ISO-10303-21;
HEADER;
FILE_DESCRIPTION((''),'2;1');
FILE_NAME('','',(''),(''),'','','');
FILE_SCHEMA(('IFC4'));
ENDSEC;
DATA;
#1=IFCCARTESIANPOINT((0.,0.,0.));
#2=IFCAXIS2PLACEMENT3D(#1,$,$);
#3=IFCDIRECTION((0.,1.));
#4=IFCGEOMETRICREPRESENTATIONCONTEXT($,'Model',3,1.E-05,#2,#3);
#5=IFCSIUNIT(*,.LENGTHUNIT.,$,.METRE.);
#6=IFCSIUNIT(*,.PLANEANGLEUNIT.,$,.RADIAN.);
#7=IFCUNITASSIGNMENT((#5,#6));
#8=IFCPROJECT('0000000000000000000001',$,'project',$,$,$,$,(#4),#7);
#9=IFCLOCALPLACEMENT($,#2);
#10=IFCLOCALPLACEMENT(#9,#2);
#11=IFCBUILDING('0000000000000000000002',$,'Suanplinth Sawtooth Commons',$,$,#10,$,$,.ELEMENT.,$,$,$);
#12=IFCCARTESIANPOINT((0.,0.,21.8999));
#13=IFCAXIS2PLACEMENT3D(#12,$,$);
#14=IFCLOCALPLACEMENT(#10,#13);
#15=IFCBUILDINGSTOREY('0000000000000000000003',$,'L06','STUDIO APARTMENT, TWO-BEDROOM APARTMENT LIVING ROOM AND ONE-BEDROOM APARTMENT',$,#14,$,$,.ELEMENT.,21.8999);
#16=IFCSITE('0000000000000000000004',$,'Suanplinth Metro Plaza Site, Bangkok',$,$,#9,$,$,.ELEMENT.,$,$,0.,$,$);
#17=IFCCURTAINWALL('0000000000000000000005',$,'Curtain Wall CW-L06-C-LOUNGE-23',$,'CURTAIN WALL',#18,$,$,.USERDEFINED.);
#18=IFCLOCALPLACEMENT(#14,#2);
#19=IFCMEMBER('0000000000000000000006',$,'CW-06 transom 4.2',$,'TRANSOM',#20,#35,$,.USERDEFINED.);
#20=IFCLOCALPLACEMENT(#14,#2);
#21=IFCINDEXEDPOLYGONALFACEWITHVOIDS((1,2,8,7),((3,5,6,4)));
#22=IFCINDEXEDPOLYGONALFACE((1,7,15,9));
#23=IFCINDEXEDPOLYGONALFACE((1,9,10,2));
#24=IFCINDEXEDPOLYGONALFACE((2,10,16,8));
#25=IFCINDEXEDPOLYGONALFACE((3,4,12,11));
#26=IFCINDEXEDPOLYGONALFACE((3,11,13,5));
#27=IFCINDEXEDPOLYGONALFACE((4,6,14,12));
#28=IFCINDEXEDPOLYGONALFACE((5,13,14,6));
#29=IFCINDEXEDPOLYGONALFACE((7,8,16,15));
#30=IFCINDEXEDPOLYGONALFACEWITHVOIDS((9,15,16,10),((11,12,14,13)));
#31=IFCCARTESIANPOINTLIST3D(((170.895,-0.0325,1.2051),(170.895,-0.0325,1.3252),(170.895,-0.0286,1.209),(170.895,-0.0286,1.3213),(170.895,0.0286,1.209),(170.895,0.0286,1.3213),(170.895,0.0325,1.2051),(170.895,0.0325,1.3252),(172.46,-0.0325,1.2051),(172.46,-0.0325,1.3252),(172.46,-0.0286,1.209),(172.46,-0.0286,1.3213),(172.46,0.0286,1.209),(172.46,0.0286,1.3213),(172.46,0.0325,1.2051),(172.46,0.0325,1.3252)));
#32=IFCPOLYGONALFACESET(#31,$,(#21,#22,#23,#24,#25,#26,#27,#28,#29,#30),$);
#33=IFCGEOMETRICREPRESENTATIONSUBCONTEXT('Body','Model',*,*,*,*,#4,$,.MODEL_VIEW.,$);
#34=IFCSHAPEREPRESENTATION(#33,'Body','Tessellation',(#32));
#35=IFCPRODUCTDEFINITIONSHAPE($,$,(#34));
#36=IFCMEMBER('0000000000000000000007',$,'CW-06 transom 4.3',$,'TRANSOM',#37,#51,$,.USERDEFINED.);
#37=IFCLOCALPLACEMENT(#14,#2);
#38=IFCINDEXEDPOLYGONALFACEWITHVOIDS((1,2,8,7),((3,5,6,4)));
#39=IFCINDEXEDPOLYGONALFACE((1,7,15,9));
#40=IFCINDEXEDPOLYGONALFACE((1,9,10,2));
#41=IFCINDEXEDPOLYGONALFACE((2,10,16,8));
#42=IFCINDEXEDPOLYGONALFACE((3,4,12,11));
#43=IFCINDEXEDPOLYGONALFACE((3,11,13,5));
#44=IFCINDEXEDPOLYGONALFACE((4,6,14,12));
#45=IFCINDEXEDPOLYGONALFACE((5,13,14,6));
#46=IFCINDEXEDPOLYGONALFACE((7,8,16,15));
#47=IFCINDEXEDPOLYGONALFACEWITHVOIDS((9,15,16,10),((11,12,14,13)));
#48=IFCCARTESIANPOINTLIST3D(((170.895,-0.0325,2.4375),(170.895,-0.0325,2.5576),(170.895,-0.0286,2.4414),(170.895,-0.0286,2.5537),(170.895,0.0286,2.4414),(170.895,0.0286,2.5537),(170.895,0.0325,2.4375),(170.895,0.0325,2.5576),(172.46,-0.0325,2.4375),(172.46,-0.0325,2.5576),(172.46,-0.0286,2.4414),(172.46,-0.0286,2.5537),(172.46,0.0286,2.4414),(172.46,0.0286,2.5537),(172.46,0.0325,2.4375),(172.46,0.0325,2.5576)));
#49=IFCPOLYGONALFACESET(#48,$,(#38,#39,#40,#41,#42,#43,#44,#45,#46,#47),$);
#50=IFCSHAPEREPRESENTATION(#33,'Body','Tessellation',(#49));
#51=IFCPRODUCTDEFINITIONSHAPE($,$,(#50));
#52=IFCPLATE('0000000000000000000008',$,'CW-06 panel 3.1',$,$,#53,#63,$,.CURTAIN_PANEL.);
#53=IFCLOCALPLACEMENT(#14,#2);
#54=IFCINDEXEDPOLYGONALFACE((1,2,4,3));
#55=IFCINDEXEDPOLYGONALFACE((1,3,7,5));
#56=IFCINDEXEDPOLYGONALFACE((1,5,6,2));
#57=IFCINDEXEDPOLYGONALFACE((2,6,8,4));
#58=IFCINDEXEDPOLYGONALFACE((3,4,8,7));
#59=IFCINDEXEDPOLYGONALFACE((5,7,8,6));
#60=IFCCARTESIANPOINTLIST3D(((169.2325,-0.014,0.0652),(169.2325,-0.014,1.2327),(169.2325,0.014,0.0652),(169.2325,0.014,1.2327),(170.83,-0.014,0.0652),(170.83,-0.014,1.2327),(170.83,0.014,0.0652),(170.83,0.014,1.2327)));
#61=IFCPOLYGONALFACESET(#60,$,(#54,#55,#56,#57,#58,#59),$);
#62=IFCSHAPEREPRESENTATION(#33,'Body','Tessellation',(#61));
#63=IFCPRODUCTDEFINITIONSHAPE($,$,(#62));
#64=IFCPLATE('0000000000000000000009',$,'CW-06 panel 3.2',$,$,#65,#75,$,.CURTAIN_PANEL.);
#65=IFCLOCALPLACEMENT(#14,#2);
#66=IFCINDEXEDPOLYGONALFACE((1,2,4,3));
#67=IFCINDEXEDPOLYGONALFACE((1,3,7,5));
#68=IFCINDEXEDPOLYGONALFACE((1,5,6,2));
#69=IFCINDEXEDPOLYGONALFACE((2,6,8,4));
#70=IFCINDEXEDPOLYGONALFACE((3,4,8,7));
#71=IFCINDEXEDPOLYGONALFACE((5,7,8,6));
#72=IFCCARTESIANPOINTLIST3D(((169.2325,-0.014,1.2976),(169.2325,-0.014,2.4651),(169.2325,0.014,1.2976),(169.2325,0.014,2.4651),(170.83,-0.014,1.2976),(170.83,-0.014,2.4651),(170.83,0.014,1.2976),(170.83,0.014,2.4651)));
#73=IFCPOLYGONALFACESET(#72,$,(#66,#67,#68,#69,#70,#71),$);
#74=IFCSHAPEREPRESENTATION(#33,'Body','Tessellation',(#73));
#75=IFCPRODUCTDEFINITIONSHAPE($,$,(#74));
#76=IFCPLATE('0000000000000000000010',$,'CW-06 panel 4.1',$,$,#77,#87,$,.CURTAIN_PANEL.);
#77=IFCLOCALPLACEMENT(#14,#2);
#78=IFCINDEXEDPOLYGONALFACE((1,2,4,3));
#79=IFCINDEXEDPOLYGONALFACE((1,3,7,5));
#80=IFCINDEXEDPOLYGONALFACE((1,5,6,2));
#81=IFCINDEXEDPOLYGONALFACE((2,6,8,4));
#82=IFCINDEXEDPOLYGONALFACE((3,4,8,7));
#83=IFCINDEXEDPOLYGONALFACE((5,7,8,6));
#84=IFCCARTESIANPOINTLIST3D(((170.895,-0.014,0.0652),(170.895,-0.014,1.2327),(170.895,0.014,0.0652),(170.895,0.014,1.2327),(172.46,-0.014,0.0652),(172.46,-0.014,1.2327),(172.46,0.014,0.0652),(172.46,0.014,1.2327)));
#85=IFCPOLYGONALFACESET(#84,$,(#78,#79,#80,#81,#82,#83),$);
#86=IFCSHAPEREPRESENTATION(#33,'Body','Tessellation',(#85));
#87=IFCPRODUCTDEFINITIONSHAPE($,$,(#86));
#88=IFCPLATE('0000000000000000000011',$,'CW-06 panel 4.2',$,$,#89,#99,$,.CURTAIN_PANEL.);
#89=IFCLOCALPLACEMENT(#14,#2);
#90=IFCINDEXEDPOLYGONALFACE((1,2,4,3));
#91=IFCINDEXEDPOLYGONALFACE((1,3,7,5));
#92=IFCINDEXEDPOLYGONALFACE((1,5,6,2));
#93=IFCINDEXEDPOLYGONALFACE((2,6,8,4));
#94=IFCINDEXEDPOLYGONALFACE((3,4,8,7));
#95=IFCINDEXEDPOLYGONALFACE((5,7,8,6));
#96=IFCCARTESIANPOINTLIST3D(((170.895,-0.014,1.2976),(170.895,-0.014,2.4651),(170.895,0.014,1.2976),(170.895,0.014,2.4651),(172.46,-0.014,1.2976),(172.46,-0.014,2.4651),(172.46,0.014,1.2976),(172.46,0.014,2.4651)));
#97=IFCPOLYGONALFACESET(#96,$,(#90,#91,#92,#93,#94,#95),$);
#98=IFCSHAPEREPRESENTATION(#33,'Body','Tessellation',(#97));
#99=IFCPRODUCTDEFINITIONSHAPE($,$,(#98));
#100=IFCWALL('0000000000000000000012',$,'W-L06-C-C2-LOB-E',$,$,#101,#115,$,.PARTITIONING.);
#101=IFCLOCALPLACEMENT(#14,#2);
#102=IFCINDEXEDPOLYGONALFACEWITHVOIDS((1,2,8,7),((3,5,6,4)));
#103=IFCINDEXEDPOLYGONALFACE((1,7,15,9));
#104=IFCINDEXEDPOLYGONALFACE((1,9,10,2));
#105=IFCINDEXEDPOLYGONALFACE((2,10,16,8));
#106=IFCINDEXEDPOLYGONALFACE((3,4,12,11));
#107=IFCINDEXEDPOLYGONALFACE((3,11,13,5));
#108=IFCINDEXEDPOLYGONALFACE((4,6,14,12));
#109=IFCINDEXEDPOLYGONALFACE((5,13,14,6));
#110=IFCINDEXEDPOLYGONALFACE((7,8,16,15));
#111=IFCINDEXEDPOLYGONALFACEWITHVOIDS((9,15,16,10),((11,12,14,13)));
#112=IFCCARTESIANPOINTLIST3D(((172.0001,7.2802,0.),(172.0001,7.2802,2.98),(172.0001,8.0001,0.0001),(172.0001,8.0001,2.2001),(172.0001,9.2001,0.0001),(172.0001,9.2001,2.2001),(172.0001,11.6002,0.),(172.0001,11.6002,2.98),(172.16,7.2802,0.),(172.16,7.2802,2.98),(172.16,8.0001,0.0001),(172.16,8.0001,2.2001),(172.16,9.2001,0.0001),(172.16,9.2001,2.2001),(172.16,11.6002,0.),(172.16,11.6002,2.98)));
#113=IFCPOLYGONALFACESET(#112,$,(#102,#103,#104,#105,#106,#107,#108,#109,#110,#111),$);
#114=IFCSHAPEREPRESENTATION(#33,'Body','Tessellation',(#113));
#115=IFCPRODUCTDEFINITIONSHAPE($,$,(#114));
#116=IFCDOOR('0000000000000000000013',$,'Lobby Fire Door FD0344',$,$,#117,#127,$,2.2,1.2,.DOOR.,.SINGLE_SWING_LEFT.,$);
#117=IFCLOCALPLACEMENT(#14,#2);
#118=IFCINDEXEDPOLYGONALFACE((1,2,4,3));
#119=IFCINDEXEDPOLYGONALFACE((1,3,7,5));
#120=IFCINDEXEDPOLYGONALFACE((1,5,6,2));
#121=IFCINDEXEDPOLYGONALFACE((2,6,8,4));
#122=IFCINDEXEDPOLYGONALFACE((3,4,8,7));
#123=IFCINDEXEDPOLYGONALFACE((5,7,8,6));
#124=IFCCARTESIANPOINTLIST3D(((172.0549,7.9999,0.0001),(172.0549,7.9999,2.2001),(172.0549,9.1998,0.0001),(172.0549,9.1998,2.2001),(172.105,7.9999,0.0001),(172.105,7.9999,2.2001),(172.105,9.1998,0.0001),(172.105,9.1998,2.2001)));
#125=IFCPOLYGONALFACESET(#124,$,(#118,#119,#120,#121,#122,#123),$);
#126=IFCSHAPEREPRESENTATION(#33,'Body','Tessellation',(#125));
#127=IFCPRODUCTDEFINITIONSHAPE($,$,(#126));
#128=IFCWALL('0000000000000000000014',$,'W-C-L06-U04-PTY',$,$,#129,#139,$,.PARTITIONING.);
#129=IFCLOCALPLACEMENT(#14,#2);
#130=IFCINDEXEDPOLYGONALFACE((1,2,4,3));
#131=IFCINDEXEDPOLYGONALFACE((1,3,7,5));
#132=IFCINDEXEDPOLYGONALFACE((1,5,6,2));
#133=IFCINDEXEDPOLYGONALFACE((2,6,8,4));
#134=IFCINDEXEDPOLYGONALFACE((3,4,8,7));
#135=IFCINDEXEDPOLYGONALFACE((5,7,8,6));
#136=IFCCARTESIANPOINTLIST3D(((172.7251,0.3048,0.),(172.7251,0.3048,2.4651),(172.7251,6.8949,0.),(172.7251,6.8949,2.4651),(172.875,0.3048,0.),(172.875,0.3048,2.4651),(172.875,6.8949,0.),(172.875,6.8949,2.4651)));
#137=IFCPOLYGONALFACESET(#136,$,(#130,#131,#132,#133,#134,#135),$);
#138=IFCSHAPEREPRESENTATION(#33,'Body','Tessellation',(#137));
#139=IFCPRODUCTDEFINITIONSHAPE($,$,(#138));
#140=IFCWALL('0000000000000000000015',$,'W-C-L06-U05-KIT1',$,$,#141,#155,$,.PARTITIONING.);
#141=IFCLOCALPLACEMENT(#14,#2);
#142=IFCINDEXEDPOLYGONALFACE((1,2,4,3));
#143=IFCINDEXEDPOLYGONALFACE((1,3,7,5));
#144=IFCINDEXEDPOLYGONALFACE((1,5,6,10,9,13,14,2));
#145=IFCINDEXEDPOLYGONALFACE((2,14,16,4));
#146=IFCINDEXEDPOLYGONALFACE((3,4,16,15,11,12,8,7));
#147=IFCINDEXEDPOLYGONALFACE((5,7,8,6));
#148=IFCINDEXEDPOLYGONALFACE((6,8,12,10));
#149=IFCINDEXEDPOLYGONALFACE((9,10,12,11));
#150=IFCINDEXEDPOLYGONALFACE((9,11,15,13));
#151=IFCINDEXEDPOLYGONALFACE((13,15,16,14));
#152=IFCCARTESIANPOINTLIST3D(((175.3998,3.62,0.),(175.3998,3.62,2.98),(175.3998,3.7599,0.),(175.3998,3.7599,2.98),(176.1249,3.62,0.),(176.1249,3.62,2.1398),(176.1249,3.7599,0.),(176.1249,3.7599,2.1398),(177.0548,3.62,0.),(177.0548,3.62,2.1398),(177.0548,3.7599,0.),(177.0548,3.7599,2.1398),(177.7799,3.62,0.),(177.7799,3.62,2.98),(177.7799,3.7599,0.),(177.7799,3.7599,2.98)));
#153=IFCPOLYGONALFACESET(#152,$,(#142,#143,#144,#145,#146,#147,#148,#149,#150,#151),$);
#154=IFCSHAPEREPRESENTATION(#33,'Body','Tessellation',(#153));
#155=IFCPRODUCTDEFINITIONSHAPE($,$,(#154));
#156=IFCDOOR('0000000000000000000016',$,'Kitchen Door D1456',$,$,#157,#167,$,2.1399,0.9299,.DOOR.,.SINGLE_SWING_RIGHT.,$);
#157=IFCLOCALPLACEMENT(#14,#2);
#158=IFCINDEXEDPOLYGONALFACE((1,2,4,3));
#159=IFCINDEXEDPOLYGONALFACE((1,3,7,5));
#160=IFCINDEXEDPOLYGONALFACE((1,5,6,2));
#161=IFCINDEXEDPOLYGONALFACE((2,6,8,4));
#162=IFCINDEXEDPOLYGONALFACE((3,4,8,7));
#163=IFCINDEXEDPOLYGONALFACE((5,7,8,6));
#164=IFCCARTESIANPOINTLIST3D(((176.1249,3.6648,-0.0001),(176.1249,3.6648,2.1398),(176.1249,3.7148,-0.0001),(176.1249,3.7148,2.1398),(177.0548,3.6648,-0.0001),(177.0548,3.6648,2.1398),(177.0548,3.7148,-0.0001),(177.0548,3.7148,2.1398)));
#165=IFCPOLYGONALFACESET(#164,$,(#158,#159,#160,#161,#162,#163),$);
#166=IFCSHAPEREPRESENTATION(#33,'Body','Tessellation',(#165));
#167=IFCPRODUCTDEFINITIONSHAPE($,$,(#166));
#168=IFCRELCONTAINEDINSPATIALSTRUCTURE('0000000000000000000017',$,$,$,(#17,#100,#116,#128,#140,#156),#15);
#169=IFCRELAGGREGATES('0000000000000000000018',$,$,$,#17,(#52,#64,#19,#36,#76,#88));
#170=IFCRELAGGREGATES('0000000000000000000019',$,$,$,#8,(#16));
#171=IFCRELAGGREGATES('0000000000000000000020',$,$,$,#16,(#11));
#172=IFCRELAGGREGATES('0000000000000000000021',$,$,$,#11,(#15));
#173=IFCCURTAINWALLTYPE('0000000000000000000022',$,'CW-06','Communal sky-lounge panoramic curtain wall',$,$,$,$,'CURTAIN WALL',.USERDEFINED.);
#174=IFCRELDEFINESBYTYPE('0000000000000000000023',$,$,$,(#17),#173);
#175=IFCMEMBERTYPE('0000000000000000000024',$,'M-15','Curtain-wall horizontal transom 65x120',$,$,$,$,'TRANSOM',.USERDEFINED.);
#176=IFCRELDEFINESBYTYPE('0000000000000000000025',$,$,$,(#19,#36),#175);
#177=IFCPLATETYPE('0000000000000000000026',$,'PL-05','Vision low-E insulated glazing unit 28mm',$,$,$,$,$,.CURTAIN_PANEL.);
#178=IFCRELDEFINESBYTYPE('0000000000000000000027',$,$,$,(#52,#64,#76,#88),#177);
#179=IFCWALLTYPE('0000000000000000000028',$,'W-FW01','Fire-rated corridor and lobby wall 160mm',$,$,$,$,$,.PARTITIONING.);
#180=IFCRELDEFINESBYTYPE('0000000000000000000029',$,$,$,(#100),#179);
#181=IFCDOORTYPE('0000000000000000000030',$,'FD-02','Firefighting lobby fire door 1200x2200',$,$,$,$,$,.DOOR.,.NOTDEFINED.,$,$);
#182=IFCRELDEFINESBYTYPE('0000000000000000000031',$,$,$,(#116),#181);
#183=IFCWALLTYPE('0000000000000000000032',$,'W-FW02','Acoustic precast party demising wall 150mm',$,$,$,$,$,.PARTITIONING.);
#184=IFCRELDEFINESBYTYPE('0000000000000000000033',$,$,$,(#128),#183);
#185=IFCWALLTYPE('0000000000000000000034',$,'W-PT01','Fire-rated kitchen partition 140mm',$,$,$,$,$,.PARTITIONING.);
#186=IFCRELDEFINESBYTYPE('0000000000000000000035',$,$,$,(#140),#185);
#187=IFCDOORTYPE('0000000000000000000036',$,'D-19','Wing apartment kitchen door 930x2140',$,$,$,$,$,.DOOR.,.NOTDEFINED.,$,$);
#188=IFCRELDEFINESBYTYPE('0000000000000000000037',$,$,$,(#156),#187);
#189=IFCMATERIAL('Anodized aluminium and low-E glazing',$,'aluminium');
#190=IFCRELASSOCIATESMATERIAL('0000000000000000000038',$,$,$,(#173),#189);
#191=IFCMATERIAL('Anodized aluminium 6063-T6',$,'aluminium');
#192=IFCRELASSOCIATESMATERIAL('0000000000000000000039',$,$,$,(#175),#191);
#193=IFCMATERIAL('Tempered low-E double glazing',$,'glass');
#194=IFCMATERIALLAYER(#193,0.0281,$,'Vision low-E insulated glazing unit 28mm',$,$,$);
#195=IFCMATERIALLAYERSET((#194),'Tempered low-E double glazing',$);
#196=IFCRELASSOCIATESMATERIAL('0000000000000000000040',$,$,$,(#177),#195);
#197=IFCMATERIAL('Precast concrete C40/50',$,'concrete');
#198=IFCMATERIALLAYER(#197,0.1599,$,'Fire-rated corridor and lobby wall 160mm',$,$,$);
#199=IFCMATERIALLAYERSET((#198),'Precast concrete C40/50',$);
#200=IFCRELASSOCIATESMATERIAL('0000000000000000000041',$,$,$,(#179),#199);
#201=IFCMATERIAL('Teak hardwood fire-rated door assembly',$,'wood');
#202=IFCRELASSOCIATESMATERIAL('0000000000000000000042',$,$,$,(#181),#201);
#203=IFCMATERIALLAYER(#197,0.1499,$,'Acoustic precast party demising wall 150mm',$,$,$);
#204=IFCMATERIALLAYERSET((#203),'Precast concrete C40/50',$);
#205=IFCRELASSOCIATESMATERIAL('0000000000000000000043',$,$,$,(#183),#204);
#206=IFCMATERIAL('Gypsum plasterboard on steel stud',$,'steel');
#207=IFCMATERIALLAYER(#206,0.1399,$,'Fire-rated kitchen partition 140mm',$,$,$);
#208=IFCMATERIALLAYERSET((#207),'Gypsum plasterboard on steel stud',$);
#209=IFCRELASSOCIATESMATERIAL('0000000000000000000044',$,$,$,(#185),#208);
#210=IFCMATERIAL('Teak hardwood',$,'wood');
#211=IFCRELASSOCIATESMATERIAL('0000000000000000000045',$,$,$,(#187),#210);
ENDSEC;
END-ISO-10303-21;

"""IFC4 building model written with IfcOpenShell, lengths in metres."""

from ifc_helpers import new_model, si_unit, direction, frame, frame_2d, origin, origin_2d, place, context, subcontext, project, spatial, rectangle, hollow_rectangle, extrude, material, layer, layer_set, material_profile, profile_set, type_object, element, fill, aggregate, save


model = new_model("IFC4")

# Units and contexts
model_context = context("Model", 3, precision=1e-05, world=origin(), true_north=direction((0.0, 1.0)))
body_context = subcontext(model_context, "Body", "Model", "MODEL_VIEW")
ifc_project = project(units=[si_unit("LENGTHUNIT", "METRE"), si_unit("PLANEANGLEUNIT", "RADIAN")], contexts=[model_context])

# Site, building, storey
site_placement = place(None, origin())
site = spatial("IfcSite", under=ifc_project, at=site_placement, Name="Suanplinth Metro Plaza Site, Bangkok", CompositionType="ELEMENT", RefElevation=0.0)
building_placement = place(site_placement, origin())
building = spatial("IfcBuilding", under=site, at=building_placement, Name="Suanplinth Sawtooth Commons", CompositionType="ELEMENT")
storey_placement = place(building_placement, frame((0.0, 0.0, 21.8999)))
storey = spatial("IfcBuildingStorey", under=building, at=storey_placement, Name="L06", Description="STUDIO APARTMENT, TWO-BEDROOM APARTMENT LIVING ROOM AND ONE-BEDROOM APARTMENT", CompositionType="ELEMENT", Elevation=21.8999)

# Shared definitions
ifc_material_1 = material(Name="Precast concrete C40/50", Category="concrete")

# Curtain wall, members, plates
ifc_material_2 = material(Name="Anodized aluminium and low-E glazing", Category="aluminium")
curtain_wall_type = type_object("IfcCurtainWallType", Name="CW-06", Description="Communal sky-lounge panoramic curtain wall", ElementType="CURTAIN WALL", PredefinedType="USERDEFINED", material=ifc_material_2)
curtain_wall_placement = place(storey_placement, origin())
curtain_wall = element("IfcCurtainWall", 1, at=curtain_wall_placement, inside=storey, type_object=curtain_wall_type, Name="Curtain Wall CW-L06-C-LOUNGE-23", ObjectType="CURTAIN WALL", PredefinedType="USERDEFINED")
ifc_material_3 = material(Name="Anodized aluminium 6063-T6", Category="aluminium")
ifc_material_profile_1 = material_profile(ifc_material_3, hollow_rectangle(XDim=0.0649, YDim=0.1201, WallThickness=0.0039, at=origin_2d()), Name="ALU-TRN 65x120")
ifc_profile_set_1 = profile_set([ifc_material_profile_1], Name="Anodized aluminium 6063-T6")
member_type_1 = type_object("IfcMemberType", Name="M-15", Description="Curtain-wall horizontal transom 65x120", ElementType="TRANSOM", PredefinedType="USERDEFINED", material=ifc_profile_set_1)
member_1_placement = place(storey_placement, frame((170.895, 0.0, 1.2651), z_axis=(1.0, 0.0, 0.0), x_axis=(0.0, 1.0, 0.0)))
member_1 = element("IfcMember", 2, at=member_1_placement, type_object=member_type_1, Name="CW-06 transom 4.2", ObjectType="TRANSOM", PredefinedType="USERDEFINED", context=body_context, shape_type="SweptSolid", body=[
    extrude(hollow_rectangle(XDim=0.0649, YDim=0.1201, WallThickness=0.0039, at=origin_2d()), origin(), (0.0, 0.0, 1.0), 1.5649),
])
member_2_placement = place(storey_placement, frame((170.895, 0.0, 2.4976), z_axis=(1.0, 0.0, 0.0), x_axis=(0.0, 1.0, 0.0)))
member_2 = element("IfcMember", 3, at=member_2_placement, type_object=member_type_1, Name="CW-06 transom 4.3", ObjectType="TRANSOM", PredefinedType="USERDEFINED", context=body_context, shape_type="SweptSolid", body=[
    extrude(hollow_rectangle(XDim=0.0649, YDim=0.1201, WallThickness=0.0039, at=origin_2d()), origin(), (0.0, 0.0, 1.0), 1.5649),
])
ifc_material_4 = material(Name="Tempered low-E double glazing", Category="glass")
ifc_layer_1 = layer(ifc_material_4, 0.0281, Name="Vision low-E insulated glazing unit 28mm")
ifc_layer_set_1 = layer_set([ifc_layer_1], Name="Tempered low-E double glazing")
plate_type = type_object("IfcPlateType", Name="PL-05", Description="Vision low-E insulated glazing unit 28mm", PredefinedType="CURTAIN_PANEL", material=ifc_layer_set_1)
plate_1_placement = place(storey_placement, frame((170.0312, 0.0, 0.0652), z_axis=(0.0, 0.0, 1.0), x_axis=(1.0, 0.0, 0.0)))
plate_1 = element("IfcPlate", 4, at=plate_1_placement, type_object=plate_type, Name="CW-06 panel 3.1", PredefinedType="CURTAIN_PANEL", context=body_context, shape_type="SweptSolid", body=[
    extrude(rectangle(XDim=1.5974, YDim=0.0281, at=origin_2d()), origin(), (0.0, 0.0, 1.0), 1.1675),
])
plate_2_placement = place(storey_placement, frame((170.0312, 0.0, 1.2976), z_axis=(0.0, 0.0, 1.0), x_axis=(1.0, 0.0, 0.0)))
plate_2 = element("IfcPlate", 5, at=plate_2_placement, type_object=plate_type, Name="CW-06 panel 3.2", PredefinedType="CURTAIN_PANEL", context=body_context, shape_type="SweptSolid", body=[
    extrude(rectangle(XDim=1.5974, YDim=0.0281, at=origin_2d()), origin(), (0.0, 0.0, 1.0), 1.1675),
])
plate_3_placement = place(storey_placement, frame((171.6775, 0.0, 0.0652), z_axis=(0.0, 0.0, 1.0), x_axis=(1.0, 0.0, 0.0)))
plate_3 = element("IfcPlate", 6, at=plate_3_placement, type_object=plate_type, Name="CW-06 panel 4.1", PredefinedType="CURTAIN_PANEL", context=body_context, shape_type="SweptSolid", body=[
    extrude(rectangle(XDim=1.5649, YDim=0.0281, at=origin_2d()), origin(), (0.0, 0.0, 1.0), 1.1675),
])
plate_4_placement = place(storey_placement, frame((171.6775, 0.0, 1.2976), z_axis=(0.0, 0.0, 1.0), x_axis=(1.0, 0.0, 0.0)))
plate_4 = element("IfcPlate", 7, at=plate_4_placement, type_object=plate_type, Name="CW-06 panel 4.2", PredefinedType="CURTAIN_PANEL", context=body_context, shape_type="SweptSolid", body=[
    extrude(rectangle(XDim=1.5649, YDim=0.0281, at=origin_2d()), origin(), (0.0, 0.0, 1.0), 1.1675),
])
aggregate(curtain_wall, [plate_1, plate_2, member_1, member_2, plate_3, plate_4])

# Wall, opening, door
ifc_layer_2 = layer(ifc_material_1, 0.1599, Name="Fire-rated corridor and lobby wall 160mm")
ifc_layer_set_2 = layer_set([ifc_layer_2], Name="Precast concrete C40/50")
wall_type_1 = type_object("IfcWallType", Name="W-FW01", Description="Fire-rated corridor and lobby wall 160mm", PredefinedType="PARTITIONING", material=ifc_layer_set_2)
wall_1_placement = place(storey_placement, frame((172.0801, 7.28, 0.0), z_axis=(0.0, 0.0, 1.0), x_axis=(0.0, 1.0, 0.0)))
wall_1 = element("IfcWall", 8, at=wall_1_placement, inside=storey, type_object=wall_type_1, Name="W-L06-C-C2-LOB-E", PredefinedType="PARTITIONING", context=body_context, shape_type="SweptSolid", body=[
    extrude(rectangle(XDim=4.3201, YDim=0.1599, at=frame_2d((2.1602, 0.0))), origin(), (0.0, 0.0, 1.0), 2.98),
])
opening_1_placement = place(wall_1_placement, frame((0.72, 0.0, 0.0)))
opening_1 = element("IfcOpeningElement", 9, at=opening_1_placement, cuts=wall_1, PredefinedType="OPENING", context=body_context, shape_type="SweptSolid", body=[
    extrude(rectangle(XDim=1.2, YDim=2.2, at=frame_2d((0.6001, 1.1001))), frame((0.0, 0.0947, 0.0), z_axis=(0.0, -1.0, 0.0), x_axis=(1.0, 0.0, 0.0)), (0.0, 0.0, 1.0), 0.1897),
])
ifc_material_5 = material(Name="Teak hardwood fire-rated door assembly", Category="wood")
door_type_1 = type_object("IfcDoorType", Name="FD-02", Description="Firefighting lobby fire door 1200x2200", OperationType="NOTDEFINED", PredefinedType="DOOR", material=ifc_material_5)
door_1_placement = place(opening_1_placement, frame((1.2, 0.0, 0.0), z_axis=(0.0, 0.0, 1.0), x_axis=(-1.0, 0.0, 0.0)))
door_1 = element("IfcDoor", 10, at=door_1_placement, inside=storey, type_object=door_type_1, Name="Lobby Fire Door FD0344", OperationType="SINGLE_SWING_LEFT", OverallHeight=2.2, OverallWidth=1.2, PredefinedType="DOOR", context=body_context, shape_type="SweptSolid", body=[
    extrude(rectangle(XDim=1.2, YDim=2.2, at=frame_2d((0.6001, 1.1001))), frame((0.0, 0.0249, 0.0), z_axis=(0.0, -1.0, 0.0), x_axis=(1.0, 0.0, 0.0)), (0.0, 0.0, 1.0), 0.05),
])
fill(opening_1, door_1)

# Wall
ifc_layer_3 = layer(ifc_material_1, 0.1499, Name="Acoustic precast party demising wall 150mm")
ifc_layer_set_3 = layer_set([ifc_layer_3], Name="Precast concrete C40/50")
wall_type_2 = type_object("IfcWallType", Name="W-FW02", Description="Acoustic precast party demising wall 150mm", PredefinedType="PARTITIONING", material=ifc_layer_set_3)
wall_2_placement = place(storey_placement, frame((172.8, 0.3049, 0.0), z_axis=(0.0, 0.0, 1.0), x_axis=(0.0, 1.0, 0.0)))
element("IfcWall", 11, at=wall_2_placement, inside=storey, type_object=wall_type_2, Name="W-C-L06-U04-PTY", PredefinedType="PARTITIONING", context=body_context, shape_type="SweptSolid", body=[
    extrude(rectangle(XDim=6.5901, YDim=0.1499, at=frame_2d((3.2949, 0.0))), origin(), (0.0, 0.0, 1.0), 2.4651),
])

# Wall, opening, door
ifc_material_6 = material(Name="Gypsum plasterboard on steel stud", Category="steel")
ifc_layer_4 = layer(ifc_material_6, 0.1399, Name="Fire-rated kitchen partition 140mm")
ifc_layer_set_4 = layer_set([ifc_layer_4], Name="Gypsum plasterboard on steel stud")
wall_type_3 = type_object("IfcWallType", Name="W-PT01", Description="Fire-rated kitchen partition 140mm", PredefinedType="PARTITIONING", material=ifc_layer_set_4)
wall_3_placement = place(storey_placement, frame((175.3999, 3.6899, 0.0), z_axis=(0.0, 0.0, 1.0), x_axis=(1.0, 0.0, 0.0)))
wall_3 = element("IfcWall", 12, at=wall_3_placement, inside=storey, type_object=wall_type_3, Name="W-C-L06-U05-KIT1", PredefinedType="PARTITIONING", context=body_context, shape_type="SweptSolid", body=[
    extrude(rectangle(XDim=2.3801, YDim=0.1399, at=frame_2d((1.1899, 0.0))), origin(), (0.0, 0.0, 1.0), 2.98),
])
opening_2_placement = place(wall_3_placement, frame((0.7251, 0.0, 0.0)))
opening_2 = element("IfcOpeningElement", 13, at=opening_2_placement, cuts=wall_3, PredefinedType="OPENING", context=body_context, shape_type="SweptSolid", body=[
    extrude(rectangle(XDim=0.9299, YDim=2.1399, at=frame_2d((0.4648, 1.0698))), frame((0.0, 0.085, 0.0), z_axis=(0.0, -1.0, 0.0), x_axis=(1.0, 0.0, 0.0)), (0.0, 0.0, 1.0), 0.1697),
])
ifc_material_7 = material(Name="Teak hardwood", Category="wood")
door_type_2 = type_object("IfcDoorType", Name="D-19", Description="Wing apartment kitchen door 930x2140", OperationType="NOTDEFINED", PredefinedType="DOOR", material=ifc_material_7)
door_2_placement = place(opening_2_placement, origin())
door_2 = element("IfcDoor", 14, at=door_2_placement, inside=storey, type_object=door_type_2, Name="Kitchen Door D1456", OperationType="SINGLE_SWING_RIGHT", OverallHeight=2.1399, OverallWidth=0.9299, PredefinedType="DOOR", context=body_context, shape_type="SweptSolid", body=[
    extrude(rectangle(XDim=0.9299, YDim=2.1399, at=frame_2d((0.4648, 1.0698))), frame((0.0, 0.0249, 0.0), z_axis=(0.0, -1.0, 0.0), x_axis=(1.0, 0.0, 0.0)), (0.0, 0.0, 1.0), 0.05),
])
fill(opening_2, door_2)

save(model, "model.ifc")
